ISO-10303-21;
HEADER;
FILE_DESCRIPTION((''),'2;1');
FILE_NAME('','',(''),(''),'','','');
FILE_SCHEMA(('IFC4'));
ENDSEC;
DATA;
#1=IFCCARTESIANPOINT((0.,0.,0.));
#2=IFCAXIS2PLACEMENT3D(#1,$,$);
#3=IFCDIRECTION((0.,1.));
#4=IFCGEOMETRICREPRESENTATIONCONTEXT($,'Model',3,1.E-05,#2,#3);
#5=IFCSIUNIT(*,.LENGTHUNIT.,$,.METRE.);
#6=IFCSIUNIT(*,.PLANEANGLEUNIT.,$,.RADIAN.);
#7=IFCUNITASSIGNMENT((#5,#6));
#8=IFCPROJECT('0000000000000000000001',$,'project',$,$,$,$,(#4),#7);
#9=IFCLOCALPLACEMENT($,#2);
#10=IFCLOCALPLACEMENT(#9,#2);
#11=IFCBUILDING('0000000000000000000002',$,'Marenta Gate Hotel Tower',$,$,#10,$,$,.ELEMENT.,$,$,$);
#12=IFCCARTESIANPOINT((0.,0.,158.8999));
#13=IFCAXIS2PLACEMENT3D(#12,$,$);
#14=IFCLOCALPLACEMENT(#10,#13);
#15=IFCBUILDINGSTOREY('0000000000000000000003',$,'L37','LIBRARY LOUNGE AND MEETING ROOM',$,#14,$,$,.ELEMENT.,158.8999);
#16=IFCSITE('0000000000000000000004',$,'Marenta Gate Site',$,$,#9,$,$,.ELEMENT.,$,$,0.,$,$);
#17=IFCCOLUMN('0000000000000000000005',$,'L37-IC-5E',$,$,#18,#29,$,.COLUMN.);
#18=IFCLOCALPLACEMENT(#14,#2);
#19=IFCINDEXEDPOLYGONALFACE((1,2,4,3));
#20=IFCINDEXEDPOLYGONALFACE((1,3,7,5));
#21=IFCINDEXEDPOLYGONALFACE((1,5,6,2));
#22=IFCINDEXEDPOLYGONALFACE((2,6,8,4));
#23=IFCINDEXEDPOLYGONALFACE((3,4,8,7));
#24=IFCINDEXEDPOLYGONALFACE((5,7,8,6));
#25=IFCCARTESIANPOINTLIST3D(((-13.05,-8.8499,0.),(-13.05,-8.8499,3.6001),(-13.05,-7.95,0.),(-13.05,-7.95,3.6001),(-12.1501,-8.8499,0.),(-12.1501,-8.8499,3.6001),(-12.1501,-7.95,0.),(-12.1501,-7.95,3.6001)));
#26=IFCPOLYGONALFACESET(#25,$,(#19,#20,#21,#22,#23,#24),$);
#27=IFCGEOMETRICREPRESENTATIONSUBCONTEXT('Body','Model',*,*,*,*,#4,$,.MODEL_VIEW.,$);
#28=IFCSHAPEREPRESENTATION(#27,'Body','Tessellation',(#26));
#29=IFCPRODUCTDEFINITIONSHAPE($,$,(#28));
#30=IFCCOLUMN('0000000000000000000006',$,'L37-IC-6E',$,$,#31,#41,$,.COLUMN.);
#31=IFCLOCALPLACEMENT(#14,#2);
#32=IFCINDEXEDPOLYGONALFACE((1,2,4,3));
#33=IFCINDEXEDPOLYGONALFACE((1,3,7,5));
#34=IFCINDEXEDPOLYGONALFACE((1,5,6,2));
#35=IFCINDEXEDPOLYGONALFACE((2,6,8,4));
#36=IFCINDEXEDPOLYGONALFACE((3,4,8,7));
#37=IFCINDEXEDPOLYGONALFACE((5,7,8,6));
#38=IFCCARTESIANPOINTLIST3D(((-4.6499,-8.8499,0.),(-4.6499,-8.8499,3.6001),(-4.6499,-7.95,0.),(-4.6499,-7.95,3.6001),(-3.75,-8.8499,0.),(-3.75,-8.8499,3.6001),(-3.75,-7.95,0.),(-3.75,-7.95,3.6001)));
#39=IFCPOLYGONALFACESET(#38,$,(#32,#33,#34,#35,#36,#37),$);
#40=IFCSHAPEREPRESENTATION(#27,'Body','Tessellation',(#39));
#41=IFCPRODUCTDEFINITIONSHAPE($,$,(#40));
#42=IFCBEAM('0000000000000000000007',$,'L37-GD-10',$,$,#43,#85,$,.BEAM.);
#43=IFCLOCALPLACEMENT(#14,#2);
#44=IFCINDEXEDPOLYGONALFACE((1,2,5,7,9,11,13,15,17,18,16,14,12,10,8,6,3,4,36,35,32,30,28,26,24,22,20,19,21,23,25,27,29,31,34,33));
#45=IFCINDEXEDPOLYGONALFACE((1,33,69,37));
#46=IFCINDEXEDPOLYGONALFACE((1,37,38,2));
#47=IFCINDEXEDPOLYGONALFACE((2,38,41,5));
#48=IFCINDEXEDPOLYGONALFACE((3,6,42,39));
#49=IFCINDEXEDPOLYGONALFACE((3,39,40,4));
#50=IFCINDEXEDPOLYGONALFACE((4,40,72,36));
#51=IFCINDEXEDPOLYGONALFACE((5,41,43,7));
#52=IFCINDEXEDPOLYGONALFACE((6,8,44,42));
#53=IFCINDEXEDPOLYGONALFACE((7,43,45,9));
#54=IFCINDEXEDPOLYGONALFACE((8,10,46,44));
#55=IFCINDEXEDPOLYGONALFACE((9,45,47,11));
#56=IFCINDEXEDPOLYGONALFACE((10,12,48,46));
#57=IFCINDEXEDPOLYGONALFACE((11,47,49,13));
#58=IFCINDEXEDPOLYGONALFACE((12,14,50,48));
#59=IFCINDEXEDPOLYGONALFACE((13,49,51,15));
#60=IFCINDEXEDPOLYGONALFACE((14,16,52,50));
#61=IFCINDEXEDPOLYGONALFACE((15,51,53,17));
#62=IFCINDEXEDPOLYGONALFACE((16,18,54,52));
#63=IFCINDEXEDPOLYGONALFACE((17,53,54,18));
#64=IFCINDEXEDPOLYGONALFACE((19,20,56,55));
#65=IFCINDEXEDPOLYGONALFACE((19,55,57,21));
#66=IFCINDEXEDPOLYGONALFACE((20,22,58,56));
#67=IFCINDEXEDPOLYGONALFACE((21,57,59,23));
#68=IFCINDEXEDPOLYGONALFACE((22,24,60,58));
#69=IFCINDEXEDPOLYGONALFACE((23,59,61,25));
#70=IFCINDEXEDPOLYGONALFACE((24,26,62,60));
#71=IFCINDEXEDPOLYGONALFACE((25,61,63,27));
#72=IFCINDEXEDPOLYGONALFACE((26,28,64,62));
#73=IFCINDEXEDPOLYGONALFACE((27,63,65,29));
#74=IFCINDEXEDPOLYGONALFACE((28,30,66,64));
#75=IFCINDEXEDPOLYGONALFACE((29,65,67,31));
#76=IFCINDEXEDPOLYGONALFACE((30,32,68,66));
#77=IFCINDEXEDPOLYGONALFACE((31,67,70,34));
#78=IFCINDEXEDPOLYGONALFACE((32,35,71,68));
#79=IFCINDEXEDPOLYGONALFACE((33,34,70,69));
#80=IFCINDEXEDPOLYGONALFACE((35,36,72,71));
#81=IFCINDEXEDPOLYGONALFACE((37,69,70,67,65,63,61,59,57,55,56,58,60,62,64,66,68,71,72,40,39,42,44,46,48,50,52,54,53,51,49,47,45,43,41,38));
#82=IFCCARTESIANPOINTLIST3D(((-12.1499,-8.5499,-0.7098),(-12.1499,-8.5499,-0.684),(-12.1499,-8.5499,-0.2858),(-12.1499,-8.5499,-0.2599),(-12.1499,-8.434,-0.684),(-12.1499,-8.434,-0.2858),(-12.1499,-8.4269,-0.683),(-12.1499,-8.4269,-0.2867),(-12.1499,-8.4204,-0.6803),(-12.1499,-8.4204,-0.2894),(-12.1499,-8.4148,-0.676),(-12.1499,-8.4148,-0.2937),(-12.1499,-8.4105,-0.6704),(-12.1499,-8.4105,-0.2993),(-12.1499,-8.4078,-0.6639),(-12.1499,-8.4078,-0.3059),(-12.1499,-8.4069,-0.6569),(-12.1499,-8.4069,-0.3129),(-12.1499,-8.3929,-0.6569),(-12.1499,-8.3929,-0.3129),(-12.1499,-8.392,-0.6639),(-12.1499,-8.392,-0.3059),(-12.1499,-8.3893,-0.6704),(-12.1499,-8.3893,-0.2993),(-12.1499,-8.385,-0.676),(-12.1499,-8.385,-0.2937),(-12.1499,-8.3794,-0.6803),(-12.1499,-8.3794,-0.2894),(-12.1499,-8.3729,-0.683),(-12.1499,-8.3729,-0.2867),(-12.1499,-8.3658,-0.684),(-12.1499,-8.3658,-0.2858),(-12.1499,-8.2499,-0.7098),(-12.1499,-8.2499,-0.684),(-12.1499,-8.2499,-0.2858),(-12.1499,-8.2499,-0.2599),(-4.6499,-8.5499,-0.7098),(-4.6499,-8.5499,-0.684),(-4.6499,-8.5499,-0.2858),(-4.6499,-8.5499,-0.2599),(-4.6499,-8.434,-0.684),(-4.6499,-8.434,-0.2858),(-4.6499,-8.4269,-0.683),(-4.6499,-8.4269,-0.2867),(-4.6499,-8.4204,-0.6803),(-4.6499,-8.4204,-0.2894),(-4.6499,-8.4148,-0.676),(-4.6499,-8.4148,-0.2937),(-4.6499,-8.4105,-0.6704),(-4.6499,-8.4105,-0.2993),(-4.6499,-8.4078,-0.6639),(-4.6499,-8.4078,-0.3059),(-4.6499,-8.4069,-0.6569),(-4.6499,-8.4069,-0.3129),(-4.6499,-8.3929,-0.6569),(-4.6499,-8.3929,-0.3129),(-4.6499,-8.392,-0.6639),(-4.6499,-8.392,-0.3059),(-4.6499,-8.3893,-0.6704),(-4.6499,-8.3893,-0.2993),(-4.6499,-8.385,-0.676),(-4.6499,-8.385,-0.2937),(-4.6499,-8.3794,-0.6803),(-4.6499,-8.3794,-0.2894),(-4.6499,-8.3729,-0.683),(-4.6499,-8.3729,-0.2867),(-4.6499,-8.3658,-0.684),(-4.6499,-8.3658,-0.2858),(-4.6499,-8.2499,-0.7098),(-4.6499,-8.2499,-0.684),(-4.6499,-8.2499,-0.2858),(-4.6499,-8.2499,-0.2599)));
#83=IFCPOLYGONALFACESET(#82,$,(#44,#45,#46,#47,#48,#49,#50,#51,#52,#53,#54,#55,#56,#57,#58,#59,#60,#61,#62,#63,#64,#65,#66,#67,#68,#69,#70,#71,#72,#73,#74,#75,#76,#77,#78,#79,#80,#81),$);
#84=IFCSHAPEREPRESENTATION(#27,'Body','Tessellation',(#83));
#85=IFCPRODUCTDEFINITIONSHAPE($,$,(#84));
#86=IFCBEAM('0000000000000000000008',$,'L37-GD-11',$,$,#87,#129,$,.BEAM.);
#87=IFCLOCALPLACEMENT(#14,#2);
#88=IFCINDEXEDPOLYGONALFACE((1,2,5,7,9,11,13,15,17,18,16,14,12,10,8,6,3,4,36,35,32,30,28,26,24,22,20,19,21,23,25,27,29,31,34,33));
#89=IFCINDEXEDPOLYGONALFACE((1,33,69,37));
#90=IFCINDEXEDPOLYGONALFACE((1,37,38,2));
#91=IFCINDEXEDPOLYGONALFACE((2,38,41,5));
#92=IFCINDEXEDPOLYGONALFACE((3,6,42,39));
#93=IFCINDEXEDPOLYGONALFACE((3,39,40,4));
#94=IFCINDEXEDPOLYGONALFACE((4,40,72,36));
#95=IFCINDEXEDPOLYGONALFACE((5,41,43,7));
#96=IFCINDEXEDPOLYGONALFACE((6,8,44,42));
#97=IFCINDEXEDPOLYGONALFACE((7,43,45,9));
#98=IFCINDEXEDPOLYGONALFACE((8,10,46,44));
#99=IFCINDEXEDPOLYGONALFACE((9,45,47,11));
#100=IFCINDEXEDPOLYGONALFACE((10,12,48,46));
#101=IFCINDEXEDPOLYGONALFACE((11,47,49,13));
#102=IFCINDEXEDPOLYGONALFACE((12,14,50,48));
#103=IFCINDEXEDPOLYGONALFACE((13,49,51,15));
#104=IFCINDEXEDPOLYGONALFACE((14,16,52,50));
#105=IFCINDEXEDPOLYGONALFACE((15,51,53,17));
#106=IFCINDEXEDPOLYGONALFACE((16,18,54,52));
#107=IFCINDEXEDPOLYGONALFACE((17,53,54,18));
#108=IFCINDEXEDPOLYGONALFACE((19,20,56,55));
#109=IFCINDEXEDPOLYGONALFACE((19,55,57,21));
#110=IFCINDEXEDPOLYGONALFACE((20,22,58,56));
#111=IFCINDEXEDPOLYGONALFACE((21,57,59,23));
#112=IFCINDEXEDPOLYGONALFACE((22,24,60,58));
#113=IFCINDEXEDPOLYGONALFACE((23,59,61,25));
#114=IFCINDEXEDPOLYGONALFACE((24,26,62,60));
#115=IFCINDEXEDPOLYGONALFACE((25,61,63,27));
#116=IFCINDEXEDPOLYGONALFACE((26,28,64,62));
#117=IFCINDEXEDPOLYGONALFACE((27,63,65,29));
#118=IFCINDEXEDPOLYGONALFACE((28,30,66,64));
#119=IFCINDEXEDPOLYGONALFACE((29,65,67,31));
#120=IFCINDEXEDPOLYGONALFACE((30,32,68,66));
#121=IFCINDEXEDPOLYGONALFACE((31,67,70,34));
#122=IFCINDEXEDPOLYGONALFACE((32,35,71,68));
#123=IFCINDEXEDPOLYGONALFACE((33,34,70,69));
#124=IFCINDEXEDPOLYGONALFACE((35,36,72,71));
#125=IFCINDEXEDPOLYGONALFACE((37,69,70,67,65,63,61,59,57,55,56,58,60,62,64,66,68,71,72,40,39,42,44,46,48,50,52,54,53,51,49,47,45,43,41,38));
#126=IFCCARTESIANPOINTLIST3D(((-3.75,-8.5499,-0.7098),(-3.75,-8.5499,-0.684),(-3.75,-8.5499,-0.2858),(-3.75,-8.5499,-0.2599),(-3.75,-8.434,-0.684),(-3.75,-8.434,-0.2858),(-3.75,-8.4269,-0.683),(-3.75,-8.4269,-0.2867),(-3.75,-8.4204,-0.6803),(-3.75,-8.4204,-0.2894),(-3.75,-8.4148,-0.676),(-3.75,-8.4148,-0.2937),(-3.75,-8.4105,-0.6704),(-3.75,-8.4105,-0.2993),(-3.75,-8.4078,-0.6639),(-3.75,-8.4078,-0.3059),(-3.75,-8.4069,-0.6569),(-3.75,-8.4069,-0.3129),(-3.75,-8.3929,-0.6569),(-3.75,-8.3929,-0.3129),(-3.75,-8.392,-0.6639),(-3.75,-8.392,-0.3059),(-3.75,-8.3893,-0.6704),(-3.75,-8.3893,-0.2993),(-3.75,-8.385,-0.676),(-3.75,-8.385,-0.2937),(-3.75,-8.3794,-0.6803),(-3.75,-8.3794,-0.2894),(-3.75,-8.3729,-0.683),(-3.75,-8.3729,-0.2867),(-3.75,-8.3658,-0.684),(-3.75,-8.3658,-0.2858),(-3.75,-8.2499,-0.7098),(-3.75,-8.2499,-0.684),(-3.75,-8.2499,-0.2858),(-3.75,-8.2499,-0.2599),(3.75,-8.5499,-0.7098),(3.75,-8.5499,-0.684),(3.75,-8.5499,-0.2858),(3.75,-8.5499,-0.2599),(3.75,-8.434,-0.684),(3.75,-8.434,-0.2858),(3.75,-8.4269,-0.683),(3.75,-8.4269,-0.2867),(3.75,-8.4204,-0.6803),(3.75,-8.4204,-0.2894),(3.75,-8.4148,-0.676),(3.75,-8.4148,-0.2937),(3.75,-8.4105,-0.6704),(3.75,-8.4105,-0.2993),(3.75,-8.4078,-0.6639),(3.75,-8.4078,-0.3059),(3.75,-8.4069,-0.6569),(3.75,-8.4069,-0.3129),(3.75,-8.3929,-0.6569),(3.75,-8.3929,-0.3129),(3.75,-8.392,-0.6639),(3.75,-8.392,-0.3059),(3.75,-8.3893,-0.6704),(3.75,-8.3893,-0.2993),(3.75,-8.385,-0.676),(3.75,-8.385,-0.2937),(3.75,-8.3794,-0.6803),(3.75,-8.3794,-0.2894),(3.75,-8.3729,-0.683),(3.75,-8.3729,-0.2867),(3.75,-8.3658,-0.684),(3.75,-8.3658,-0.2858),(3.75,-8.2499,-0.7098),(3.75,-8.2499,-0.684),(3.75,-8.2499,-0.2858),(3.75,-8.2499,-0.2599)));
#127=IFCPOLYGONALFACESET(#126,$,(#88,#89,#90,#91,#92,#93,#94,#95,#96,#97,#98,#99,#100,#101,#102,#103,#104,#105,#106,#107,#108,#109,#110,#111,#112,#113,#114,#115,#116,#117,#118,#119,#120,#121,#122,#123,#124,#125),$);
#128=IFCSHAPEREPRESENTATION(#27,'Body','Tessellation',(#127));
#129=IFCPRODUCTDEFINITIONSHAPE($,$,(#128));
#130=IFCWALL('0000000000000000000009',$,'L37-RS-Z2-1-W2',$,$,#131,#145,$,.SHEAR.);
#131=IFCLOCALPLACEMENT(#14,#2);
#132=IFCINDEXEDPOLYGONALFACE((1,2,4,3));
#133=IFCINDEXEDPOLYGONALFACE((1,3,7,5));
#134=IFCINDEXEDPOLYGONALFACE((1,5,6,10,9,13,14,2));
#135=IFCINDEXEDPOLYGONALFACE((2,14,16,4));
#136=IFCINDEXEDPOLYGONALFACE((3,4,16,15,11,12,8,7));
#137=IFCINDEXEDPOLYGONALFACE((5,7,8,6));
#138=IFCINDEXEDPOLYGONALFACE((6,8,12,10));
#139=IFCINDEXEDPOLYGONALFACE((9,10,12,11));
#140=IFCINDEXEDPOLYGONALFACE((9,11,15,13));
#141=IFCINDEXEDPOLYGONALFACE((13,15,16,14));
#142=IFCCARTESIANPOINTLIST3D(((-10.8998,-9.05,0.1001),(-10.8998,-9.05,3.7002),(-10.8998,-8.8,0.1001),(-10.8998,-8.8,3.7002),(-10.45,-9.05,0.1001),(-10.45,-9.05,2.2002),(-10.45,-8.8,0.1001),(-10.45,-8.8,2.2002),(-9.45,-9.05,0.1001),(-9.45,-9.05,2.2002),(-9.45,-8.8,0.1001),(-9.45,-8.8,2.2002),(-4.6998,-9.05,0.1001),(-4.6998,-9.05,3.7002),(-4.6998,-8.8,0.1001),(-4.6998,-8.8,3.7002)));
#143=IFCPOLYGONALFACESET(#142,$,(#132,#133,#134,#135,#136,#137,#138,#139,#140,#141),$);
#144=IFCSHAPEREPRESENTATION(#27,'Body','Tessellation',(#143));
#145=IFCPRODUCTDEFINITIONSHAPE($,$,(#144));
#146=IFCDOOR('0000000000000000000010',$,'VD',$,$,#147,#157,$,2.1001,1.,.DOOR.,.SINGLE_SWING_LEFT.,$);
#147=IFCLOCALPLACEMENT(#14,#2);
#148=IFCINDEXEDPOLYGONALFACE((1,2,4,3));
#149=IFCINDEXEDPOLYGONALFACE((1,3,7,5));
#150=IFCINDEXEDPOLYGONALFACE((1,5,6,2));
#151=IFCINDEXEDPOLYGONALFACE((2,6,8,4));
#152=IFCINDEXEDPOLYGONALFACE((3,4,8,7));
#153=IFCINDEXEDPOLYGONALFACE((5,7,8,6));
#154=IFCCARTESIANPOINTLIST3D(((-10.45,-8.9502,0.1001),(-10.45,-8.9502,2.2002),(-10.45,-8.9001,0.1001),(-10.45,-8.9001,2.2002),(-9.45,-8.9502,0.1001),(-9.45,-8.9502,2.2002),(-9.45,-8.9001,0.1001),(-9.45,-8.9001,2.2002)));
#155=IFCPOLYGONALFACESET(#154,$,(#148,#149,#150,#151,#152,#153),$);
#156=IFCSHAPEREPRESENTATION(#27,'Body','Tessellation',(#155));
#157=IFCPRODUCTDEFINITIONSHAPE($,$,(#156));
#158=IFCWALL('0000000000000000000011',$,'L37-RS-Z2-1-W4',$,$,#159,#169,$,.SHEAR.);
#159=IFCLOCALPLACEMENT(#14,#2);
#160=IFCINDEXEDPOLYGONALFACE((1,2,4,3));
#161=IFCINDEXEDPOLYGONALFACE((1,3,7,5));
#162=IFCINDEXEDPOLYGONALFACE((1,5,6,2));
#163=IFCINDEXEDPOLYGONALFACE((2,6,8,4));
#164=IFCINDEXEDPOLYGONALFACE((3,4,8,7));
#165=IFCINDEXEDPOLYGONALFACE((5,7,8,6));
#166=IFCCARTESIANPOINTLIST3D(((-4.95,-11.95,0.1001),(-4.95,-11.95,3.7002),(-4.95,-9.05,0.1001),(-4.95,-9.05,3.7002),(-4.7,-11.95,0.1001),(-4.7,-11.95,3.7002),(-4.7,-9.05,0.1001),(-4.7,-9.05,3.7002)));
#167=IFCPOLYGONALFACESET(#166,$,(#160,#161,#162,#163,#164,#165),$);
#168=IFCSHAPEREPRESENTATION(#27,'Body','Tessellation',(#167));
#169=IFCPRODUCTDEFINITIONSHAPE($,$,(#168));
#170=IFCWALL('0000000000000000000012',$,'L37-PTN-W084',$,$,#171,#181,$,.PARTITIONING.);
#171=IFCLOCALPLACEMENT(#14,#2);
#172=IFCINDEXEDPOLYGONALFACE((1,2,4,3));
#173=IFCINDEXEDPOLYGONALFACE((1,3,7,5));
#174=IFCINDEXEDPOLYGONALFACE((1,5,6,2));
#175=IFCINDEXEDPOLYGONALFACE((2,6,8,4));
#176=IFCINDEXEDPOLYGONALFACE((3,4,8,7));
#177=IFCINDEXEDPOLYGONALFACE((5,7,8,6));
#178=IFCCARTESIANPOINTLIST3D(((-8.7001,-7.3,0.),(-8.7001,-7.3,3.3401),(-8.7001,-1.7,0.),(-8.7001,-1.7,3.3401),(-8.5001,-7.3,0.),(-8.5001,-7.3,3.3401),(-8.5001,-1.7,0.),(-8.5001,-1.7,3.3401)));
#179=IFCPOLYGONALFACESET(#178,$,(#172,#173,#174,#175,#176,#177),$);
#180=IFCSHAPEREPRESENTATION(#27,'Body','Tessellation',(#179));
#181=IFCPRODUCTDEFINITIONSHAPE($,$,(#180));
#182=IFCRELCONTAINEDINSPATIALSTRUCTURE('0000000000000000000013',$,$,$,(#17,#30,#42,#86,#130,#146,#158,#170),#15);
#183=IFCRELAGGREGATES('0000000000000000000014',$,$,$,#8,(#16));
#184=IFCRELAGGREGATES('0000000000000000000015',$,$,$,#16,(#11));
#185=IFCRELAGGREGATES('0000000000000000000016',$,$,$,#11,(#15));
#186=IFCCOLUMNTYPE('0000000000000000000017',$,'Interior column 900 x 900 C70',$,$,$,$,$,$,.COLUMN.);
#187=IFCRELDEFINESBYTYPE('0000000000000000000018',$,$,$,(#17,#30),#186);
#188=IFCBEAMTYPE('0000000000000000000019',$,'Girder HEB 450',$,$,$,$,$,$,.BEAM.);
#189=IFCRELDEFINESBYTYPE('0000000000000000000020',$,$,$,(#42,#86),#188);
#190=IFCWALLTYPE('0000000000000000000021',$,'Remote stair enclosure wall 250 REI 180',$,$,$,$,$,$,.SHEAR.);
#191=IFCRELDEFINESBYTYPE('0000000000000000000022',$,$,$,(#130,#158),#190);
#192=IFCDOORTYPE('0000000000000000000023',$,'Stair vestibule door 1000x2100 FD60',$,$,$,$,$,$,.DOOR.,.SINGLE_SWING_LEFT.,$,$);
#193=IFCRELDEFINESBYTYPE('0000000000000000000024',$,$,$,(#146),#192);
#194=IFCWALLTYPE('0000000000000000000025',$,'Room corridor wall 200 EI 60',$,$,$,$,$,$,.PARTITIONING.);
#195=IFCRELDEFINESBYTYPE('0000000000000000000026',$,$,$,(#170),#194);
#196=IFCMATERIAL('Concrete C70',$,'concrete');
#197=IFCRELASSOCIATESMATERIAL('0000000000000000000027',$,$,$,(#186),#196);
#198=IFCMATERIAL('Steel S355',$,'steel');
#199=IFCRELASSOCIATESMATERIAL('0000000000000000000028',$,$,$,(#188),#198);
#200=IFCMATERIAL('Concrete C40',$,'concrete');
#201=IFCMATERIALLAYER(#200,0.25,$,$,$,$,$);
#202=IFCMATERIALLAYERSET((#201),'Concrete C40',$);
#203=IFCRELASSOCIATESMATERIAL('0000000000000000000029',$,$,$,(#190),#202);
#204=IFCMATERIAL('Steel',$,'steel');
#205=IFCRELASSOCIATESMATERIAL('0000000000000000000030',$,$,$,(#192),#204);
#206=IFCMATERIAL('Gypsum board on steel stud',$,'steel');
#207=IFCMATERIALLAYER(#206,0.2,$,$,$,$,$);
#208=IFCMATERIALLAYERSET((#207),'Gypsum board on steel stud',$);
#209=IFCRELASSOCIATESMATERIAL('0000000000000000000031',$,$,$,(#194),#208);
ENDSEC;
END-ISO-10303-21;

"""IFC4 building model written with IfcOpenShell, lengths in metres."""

from ifc_helpers import new_model, si_unit, direction, frame, frame_2d, origin, origin_2d, place, context, subcontext, project, spatial, rectangle, i_section, extrude, material, layer, layer_set, material_profile, profile_set, type_object, element, fill, save


model = new_model("IFC4")

# Units and contexts
model_context = context("Model", 3, precision=1e-05, world=origin(), true_north=direction((0.0, 1.0)))
body_context = subcontext(model_context, "Body", "Model", "MODEL_VIEW")
ifc_project = project(units=[si_unit("LENGTHUNIT", "METRE"), si_unit("PLANEANGLEUNIT", "RADIAN")], contexts=[model_context])

# Site, building, storey
site_placement = place(None, origin())
site = spatial("IfcSite", under=ifc_project, at=site_placement, Name="Marenta Gate Site", CompositionType="ELEMENT", RefElevation=0.0)
building_placement = place(site_placement, origin())
building = spatial("IfcBuilding", under=site, at=building_placement, Name="Marenta Gate Hotel Tower", CompositionType="ELEMENT")
storey_placement = place(building_placement, frame((0.0, 0.0, 158.8999)))
storey = spatial("IfcBuildingStorey", under=building, at=storey_placement, Name="L37", Description="LIBRARY LOUNGE AND MEETING ROOM", CompositionType="ELEMENT", Elevation=158.8999)

# Columns
ifc_material_1 = material(Name="Concrete C70", Category="concrete")
ifc_material_profile_1 = material_profile(ifc_material_1, rectangle(XDim=0.8999, YDim=0.8999, at=origin_2d()), Name="900 x 900")
ifc_profile_set_1 = profile_set([ifc_material_profile_1], Name="Concrete C70")
column_type = type_object("IfcColumnType", Name="Interior column 900 x 900 C70", PredefinedType="COLUMN", material=ifc_profile_set_1)
for number, where, z_axis, x_axis, name in (
    (1, (-12.6001, -8.3999, 0.0), (0.0, 0.0, 1.0), (1.0, 0.0, 0.0), "L37-IC-5E"),
    (2, (-4.2, -8.3999, 0.0), (0.0, 0.0, 1.0), (1.0, 0.0, 0.0), "L37-IC-6E"),
):
    element("IfcColumn", number, at=place(storey_placement, frame(where, z_axis=z_axis, x_axis=x_axis)), inside=storey, type_object=column_type, Name=name, PredefinedType="COLUMN", context=body_context, shape_type="SweptSolid", body=[
        extrude(rectangle(XDim=0.8999, YDim=0.8999, at=origin_2d()), origin(), (0.0, 0.0, 1.0), 3.6001),
    ])

# Beams
ifc_material_2 = material(Name="Steel S355", Category="steel")
ifc_material_profile_2 = material_profile(ifc_material_2, i_section(OverallWidth=0.3, OverallDepth=0.45, WebThickness=0.0139, FlangeThickness=0.0259, FilletRadius=0.0271, at=origin_2d()), Name="HEB 450")
ifc_profile_set_2 = profile_set([ifc_material_profile_2], Name="Steel S355")
beam_type = type_object("IfcBeamType", Name="Girder HEB 450", PredefinedType="BEAM", material=ifc_profile_set_2)
for number, where, z_axis, x_axis, name in (
    (3, (-12.1499, -8.3999, -0.4849), (1.0, 0.0, 0.0), (0.0, 1.0, 0.0), "L37-GD-10"),
    (4, (-3.75, -8.3999, -0.4849), (1.0, 0.0, 0.0), (0.0, 1.0, 0.0), "L37-GD-11"),
):
    element("IfcBeam", number, at=place(storey_placement, frame(where, z_axis=z_axis, x_axis=x_axis)), inside=storey, type_object=beam_type, Name=name, PredefinedType="BEAM", context=body_context, shape_type="SweptSolid", body=[
        extrude(i_section(OverallWidth=0.3, OverallDepth=0.45, WebThickness=0.0139, FlangeThickness=0.0259, FilletRadius=0.0271, at=origin_2d()), origin(), (0.0, 0.0, 1.0), 7.5),
    ])

# Wall, opening, door
ifc_material_3 = material(Name="Concrete C40", Category="concrete")
ifc_layer_1 = layer(ifc_material_3, 0.25)
ifc_layer_set_1 = layer_set([ifc_layer_1], Name="Concrete C40")
wall_type_1 = type_object("IfcWallType", Name="Remote stair enclosure wall 250 REI 180", PredefinedType="SHEAR", material=ifc_layer_set_1)
wall_1_placement = place(storey_placement, frame((-10.8999, -8.925, 0.1001), z_axis=(0.0, 0.0, 1.0), x_axis=(1.0, 0.0, 0.0)))
wall_1 = element("IfcWall", 5, at=wall_1_placement, inside=storey, type_object=wall_type_1, Name="L37-RS-Z2-1-W2", PredefinedType="SHEAR", context=body_context, shape_type="SweptSolid", body=[
    extrude(rectangle(XDim=6.2, YDim=0.25, at=frame_2d((3.1001, 0.0))), origin(), (0.0, 0.0, 1.0), 3.6001),
])
opening_1_placement = place(wall_1_placement, frame((0.45, 0.0, 0.0)))
opening_1 = element("IfcOpeningElement", 6, at=opening_1_placement, cuts=wall_1, PredefinedType="OPENING", context=body_context, shape_type="SweptSolid", body=[
    extrude(rectangle(XDim=1.0, YDim=2.1001, at=frame_2d((0.5, 1.05))), frame((0.0, 0.125, 0.0), z_axis=(0.0, -1.0, 0.0), x_axis=(1.0, 0.0, 0.0)), (0.0, 0.0, 1.0), 0.25),
])
ifc_material_4 = material(Name="Steel", Category="steel")
door_type_1 = type_object("IfcDoorType", Name="Stair vestibule door 1000x2100 FD60", OperationType="SINGLE_SWING_LEFT", PredefinedType="DOOR", material=ifc_material_4)
door_1_placement = place(opening_1_placement, origin())
door_1 = element("IfcDoor", 7, at=door_1_placement, inside=storey, type_object=door_type_1, Name="VD", OperationType="SINGLE_SWING_LEFT", OverallHeight=2.1001, OverallWidth=1.0, PredefinedType="DOOR", context=body_context, shape_type="SweptSolid", body=[
    extrude(rectangle(XDim=1.0, YDim=2.1001, at=frame_2d((0.5, 1.05))), frame((0.0, 0.0249, 0.0), z_axis=(0.0, -1.0, 0.0), x_axis=(1.0, 0.0, 0.0)), (0.0, 0.0, 1.0), 0.05),
])
fill(opening_1, door_1)

# Wall
wall_2_placement = place(storey_placement, frame((-4.825, -11.95, 0.1001), z_axis=(0.0, 0.0, 1.0), x_axis=(0.0, 1.0, 0.0)))
element("IfcWall", 8, at=wall_2_placement, inside=storey, type_object=wall_type_1, Name="L37-RS-Z2-1-W4", PredefinedType="SHEAR", context=body_context, shape_type="SweptSolid", body=[
    extrude(rectangle(XDim=2.8999, YDim=0.25, at=frame_2d((1.45, 0.0))), origin(), (0.0, 0.0, 1.0), 3.6001),
])

# Wall
ifc_material_5 = material(Name="Gypsum board on steel stud", Category="steel")
ifc_layer_2 = layer(ifc_material_5, 0.2)
ifc_layer_set_2 = layer_set([ifc_layer_2], Name="Gypsum board on steel stud")
wall_type_2 = type_object("IfcWallType", Name="Room corridor wall 200 EI 60", PredefinedType="PARTITIONING", material=ifc_layer_set_2)
wall_3_placement = place(storey_placement, frame((-8.6001, -7.3, 0.0), z_axis=(0.0, 0.0, 1.0), x_axis=(0.0, 1.0, 0.0)))
element("IfcWall", 9, at=wall_3_placement, inside=storey, type_object=wall_type_2, Name="L37-PTN-W084", PredefinedType="PARTITIONING", context=body_context, shape_type="SweptSolid", body=[
    extrude(rectangle(XDim=5.6001, YDim=0.2, at=frame_2d((2.8, 0.0))), origin(), (0.0, 0.0, 1.0), 3.3401),
])

save(model, "model.ifc")
